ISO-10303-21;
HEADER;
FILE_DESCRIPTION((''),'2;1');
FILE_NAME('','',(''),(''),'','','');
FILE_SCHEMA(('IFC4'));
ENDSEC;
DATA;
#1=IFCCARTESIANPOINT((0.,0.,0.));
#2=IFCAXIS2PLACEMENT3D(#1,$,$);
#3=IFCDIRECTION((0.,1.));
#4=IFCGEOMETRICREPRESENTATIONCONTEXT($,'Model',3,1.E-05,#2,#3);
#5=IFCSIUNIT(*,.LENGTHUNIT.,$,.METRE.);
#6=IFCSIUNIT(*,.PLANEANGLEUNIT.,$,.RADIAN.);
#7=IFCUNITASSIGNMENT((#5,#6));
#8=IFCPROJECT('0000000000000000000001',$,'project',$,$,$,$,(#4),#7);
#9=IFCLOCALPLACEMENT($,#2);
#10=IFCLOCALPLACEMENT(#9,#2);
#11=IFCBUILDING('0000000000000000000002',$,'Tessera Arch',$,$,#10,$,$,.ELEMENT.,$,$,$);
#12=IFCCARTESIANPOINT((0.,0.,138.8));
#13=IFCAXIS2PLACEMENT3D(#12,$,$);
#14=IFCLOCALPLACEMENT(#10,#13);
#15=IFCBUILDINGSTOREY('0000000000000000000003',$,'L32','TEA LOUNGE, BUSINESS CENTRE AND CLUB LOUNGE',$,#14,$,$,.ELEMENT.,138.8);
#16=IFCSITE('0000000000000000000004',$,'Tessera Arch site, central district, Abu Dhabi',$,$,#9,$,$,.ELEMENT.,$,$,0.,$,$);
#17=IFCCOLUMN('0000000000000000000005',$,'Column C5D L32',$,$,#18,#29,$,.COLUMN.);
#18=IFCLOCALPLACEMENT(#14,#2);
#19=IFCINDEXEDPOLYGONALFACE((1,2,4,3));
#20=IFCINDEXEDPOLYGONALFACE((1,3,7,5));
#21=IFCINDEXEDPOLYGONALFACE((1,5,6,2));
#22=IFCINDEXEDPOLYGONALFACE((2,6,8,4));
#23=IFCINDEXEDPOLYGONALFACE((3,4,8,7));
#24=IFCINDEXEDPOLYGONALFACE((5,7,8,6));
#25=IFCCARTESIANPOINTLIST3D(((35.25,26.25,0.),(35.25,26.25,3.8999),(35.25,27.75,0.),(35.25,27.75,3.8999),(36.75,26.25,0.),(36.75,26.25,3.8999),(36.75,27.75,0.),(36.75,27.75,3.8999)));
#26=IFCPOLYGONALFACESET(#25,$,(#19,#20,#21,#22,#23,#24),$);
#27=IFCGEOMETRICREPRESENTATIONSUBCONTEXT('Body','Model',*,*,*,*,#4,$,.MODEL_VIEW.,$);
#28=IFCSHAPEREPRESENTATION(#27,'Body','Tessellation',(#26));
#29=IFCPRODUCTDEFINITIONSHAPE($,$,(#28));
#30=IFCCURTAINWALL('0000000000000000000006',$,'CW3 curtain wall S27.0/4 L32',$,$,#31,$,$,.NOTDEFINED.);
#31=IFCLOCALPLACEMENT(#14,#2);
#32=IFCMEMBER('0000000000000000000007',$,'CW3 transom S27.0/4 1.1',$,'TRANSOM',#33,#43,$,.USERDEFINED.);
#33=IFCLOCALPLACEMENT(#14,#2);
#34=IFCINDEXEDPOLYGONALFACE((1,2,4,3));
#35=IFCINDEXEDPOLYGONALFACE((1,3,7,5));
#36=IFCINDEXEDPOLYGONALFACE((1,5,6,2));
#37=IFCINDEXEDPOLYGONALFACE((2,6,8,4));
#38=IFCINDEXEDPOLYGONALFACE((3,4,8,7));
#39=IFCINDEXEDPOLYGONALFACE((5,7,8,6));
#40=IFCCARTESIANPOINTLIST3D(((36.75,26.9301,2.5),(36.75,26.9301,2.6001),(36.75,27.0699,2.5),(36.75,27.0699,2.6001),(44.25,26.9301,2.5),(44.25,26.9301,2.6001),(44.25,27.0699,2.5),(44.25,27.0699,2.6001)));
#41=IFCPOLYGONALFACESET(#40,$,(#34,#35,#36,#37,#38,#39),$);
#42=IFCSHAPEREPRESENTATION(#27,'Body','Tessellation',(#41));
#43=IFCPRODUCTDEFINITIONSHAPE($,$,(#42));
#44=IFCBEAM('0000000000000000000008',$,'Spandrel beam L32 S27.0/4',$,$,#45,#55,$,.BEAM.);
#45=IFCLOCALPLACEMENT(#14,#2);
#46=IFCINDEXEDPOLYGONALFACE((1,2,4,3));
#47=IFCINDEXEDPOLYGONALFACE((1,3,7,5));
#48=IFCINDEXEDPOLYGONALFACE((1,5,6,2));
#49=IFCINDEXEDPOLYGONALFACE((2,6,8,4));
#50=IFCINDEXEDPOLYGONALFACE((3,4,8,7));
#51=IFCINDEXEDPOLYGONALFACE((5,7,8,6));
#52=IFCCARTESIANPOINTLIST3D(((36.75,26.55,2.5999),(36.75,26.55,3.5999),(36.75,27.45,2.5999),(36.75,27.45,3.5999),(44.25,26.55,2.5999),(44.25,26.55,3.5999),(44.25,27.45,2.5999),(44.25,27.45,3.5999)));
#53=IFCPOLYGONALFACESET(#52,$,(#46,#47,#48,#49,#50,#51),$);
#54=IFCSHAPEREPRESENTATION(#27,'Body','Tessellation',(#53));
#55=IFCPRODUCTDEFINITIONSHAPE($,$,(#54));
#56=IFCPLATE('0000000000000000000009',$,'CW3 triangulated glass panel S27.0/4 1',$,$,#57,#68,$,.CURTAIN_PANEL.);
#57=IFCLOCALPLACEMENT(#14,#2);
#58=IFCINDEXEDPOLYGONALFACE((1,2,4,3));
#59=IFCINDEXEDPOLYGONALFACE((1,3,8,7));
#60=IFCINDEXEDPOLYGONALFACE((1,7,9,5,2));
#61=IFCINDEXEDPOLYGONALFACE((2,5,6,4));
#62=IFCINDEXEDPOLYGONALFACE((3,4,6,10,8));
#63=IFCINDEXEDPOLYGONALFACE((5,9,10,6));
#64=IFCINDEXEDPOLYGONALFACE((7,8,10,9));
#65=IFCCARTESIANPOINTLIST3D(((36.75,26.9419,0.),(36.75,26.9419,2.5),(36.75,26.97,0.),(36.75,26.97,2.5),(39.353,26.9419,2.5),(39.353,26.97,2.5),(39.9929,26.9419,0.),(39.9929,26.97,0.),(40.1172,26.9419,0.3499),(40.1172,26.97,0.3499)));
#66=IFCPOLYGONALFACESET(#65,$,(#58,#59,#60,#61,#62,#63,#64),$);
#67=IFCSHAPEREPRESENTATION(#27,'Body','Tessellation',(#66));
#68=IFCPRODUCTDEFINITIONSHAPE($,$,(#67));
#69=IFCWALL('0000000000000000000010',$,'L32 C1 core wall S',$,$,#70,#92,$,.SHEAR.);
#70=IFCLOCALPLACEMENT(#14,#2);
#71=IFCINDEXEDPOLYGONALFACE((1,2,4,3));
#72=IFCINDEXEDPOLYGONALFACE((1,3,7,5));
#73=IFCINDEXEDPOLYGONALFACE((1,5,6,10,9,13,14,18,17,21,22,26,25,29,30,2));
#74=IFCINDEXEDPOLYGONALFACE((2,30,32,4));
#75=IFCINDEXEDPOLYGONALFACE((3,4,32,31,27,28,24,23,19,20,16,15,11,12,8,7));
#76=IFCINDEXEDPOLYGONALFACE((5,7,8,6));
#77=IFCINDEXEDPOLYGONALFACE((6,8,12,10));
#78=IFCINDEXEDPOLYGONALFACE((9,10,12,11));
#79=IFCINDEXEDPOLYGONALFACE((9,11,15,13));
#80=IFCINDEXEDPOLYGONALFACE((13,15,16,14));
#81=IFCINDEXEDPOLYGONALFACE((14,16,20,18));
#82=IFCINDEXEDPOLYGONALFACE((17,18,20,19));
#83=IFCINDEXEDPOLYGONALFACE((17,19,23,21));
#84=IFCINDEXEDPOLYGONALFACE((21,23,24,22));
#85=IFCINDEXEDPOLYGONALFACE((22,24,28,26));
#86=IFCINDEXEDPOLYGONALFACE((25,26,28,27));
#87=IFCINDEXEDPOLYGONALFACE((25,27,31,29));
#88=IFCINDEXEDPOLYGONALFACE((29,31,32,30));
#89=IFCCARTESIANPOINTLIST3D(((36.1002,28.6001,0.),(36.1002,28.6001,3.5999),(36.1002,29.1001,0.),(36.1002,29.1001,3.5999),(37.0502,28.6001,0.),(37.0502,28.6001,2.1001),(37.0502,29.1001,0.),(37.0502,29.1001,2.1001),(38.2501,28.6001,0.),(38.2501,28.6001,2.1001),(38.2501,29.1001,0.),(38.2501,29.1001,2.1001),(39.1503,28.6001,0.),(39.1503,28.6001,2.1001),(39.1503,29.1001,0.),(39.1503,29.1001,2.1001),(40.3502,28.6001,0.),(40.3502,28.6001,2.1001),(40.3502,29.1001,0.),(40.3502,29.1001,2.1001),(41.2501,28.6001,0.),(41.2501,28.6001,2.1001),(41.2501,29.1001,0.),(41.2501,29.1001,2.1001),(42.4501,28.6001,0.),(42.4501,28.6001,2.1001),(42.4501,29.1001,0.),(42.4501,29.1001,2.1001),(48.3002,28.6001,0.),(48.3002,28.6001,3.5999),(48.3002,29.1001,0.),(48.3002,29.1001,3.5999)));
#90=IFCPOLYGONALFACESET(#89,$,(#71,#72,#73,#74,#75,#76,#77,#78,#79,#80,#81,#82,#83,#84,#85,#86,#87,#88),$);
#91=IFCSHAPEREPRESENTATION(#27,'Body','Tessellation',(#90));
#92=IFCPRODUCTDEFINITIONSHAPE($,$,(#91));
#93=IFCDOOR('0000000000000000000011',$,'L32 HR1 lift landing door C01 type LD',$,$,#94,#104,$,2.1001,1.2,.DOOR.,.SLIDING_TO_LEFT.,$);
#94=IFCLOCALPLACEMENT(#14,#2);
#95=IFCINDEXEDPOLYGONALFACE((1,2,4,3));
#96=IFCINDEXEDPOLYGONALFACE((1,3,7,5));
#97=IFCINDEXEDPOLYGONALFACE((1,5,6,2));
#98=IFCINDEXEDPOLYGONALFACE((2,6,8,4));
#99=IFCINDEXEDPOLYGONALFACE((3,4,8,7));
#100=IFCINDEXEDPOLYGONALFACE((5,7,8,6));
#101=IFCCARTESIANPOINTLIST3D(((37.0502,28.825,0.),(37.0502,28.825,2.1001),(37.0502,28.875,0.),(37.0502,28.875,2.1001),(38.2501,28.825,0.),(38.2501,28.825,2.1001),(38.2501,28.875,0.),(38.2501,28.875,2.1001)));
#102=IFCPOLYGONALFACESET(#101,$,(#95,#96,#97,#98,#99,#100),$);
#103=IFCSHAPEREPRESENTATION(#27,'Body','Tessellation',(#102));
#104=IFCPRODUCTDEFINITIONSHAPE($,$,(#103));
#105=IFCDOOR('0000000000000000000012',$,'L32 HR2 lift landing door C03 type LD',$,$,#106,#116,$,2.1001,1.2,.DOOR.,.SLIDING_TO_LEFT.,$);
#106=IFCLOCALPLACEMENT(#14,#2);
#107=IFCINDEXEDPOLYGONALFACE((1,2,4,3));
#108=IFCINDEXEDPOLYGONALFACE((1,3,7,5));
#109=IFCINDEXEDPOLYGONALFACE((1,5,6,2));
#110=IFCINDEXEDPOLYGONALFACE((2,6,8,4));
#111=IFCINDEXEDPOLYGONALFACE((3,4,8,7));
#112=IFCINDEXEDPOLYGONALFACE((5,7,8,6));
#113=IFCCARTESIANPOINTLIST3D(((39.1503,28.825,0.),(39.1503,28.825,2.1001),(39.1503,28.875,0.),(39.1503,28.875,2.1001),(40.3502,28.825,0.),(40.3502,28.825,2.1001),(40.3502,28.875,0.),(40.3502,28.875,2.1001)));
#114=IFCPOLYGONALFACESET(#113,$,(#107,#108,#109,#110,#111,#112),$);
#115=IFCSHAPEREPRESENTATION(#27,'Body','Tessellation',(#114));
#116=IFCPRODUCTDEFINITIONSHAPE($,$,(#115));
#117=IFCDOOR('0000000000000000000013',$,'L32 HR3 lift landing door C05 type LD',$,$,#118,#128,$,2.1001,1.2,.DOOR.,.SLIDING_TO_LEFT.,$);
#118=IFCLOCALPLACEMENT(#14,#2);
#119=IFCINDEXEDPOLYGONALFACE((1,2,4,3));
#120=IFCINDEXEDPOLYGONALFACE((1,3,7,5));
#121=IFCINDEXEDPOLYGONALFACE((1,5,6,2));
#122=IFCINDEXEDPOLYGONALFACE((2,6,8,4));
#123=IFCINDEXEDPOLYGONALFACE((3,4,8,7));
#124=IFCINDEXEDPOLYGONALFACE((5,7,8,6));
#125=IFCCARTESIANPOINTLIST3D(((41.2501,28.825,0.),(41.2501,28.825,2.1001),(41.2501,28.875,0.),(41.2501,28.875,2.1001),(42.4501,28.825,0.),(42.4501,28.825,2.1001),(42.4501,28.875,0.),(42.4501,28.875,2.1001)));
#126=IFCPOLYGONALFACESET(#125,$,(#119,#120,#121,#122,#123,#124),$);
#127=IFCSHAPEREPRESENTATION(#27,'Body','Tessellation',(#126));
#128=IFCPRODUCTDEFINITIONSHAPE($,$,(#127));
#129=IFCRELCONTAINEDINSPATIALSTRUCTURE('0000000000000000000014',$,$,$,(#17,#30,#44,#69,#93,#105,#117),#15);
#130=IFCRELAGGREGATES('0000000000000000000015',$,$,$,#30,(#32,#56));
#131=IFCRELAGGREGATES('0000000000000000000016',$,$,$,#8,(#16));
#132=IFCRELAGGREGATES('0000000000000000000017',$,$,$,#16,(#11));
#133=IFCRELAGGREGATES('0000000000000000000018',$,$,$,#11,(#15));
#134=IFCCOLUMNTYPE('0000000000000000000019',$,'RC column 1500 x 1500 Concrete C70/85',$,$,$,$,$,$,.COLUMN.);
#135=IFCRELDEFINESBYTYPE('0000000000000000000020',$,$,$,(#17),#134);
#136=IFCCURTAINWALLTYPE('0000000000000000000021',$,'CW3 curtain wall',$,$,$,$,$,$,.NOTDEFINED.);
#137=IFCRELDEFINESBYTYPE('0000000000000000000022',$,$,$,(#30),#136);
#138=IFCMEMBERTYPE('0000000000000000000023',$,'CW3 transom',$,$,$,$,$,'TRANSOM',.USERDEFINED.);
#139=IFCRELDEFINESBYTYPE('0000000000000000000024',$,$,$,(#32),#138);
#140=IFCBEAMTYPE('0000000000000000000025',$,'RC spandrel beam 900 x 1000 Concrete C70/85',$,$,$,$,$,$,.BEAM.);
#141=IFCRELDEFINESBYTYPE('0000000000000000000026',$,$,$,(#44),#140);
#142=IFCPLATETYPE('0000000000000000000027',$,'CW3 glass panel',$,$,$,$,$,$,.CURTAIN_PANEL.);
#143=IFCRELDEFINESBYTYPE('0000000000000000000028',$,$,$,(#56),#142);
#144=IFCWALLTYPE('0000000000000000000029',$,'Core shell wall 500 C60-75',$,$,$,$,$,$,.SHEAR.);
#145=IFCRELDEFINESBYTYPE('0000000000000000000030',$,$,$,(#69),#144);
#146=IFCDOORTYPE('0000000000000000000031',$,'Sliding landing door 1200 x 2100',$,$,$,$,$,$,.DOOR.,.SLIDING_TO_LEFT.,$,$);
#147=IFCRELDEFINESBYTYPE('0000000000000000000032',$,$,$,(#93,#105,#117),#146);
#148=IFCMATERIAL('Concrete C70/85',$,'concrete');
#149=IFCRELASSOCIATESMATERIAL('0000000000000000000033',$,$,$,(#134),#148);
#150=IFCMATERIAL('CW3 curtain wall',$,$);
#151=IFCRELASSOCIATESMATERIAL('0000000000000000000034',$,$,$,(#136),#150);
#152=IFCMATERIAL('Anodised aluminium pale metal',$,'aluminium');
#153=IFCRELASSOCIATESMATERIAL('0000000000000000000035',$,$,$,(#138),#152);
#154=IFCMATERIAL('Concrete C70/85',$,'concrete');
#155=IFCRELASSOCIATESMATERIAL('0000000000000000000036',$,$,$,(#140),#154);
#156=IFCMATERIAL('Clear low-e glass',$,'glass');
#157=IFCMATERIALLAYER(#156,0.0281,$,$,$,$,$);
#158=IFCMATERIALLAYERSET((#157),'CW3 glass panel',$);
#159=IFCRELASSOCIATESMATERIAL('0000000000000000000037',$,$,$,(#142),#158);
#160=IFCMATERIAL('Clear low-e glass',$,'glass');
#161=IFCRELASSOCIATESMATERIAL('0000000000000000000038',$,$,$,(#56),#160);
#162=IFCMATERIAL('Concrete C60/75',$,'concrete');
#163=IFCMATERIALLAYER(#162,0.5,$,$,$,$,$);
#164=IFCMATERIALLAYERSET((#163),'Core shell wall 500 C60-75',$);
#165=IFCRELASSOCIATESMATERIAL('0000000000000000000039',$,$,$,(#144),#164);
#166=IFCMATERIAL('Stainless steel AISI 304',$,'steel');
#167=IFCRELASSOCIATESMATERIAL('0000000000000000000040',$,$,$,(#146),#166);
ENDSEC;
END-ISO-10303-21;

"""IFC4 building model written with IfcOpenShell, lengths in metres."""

from ifc_helpers import new_model, si_unit, direction, frame, frame_2d, origin, origin_2d, place, context, subcontext, project, spatial, polyline, rectangle, outline, extrude, material, layer, layer_set, material_profile, profile_set, type_object, element, fill, aggregate, save


model = new_model("IFC4")

# Units and contexts
model_context = context("Model", 3, precision=1e-05, world=origin(), true_north=direction((0.0, 1.0)))
body_context = subcontext(model_context, "Body", "Model", "MODEL_VIEW")
ifc_project = project(units=[si_unit("LENGTHUNIT", "METRE"), si_unit("PLANEANGLEUNIT", "RADIAN")], contexts=[model_context])

# Site, building, storey
site_placement = place(None, origin())
site = spatial("IfcSite", under=ifc_project, at=site_placement, Name="Tessera Arch site, central district, Abu Dhabi", CompositionType="ELEMENT", RefElevation=0.0)
building_placement = place(site_placement, origin())
building = spatial("IfcBuilding", under=site, at=building_placement, Name="Tessera Arch", CompositionType="ELEMENT")
storey_placement = place(building_placement, frame((0.0, 0.0, 138.8)))
storey = spatial("IfcBuildingStorey", under=building, at=storey_placement, Name="L32", Description="TEA LOUNGE, BUSINESS CENTRE AND CLUB LOUNGE", CompositionType="ELEMENT", Elevation=138.8)

# Column
ifc_material_1 = material(Name="Concrete C70/85", Category="concrete")
ifc_material_profile_1 = material_profile(ifc_material_1, rectangle(XDim=1.5, YDim=1.5, at=origin_2d()), Name="RC column 1500 x 1500 Concrete C70/85")
ifc_profile_set_1 = profile_set([ifc_material_profile_1], Name="Concrete C70/85")
column_type = type_object("IfcColumnType", Name="RC column 1500 x 1500 Concrete C70/85", PredefinedType="COLUMN", material=ifc_profile_set_1)
column_placement = place(storey_placement, frame((36.0, 27.0, 0.0), z_axis=(0.0, 0.0, 1.0), x_axis=(1.0, 0.0, 0.0)))
element("IfcColumn", 1, at=column_placement, inside=storey, type_object=column_type, Name="Column C5D L32", PredefinedType="COLUMN", context=body_context, shape_type="SweptSolid", body=[
    extrude(rectangle(XDim=1.5, YDim=1.5, at=origin_2d()), origin(), (0.0, 0.0, 1.0), 3.8999),
])

# Curtain wall, member
ifc_material_2 = material(Name="CW3 curtain wall")
curtain_wall_type = type_object("IfcCurtainWallType", Name="CW3 curtain wall", PredefinedType="NOTDEFINED", material=ifc_material_2)
curtain_wall_placement = place(storey_placement, origin())
curtain_wall = element("IfcCurtainWall", 2, at=curtain_wall_placement, inside=storey, type_object=curtain_wall_type, Name="CW3 curtain wall S27.0/4 L32", PredefinedType="NOTDEFINED")
ifc_material_3 = material(Name="Anodised aluminium pale metal", Category="aluminium")
ifc_material_profile_2 = material_profile(ifc_material_3, rectangle(XDim=0.1399, YDim=0.1001, at=origin_2d()), Name="AL 140x100")
ifc_profile_set_2 = profile_set([ifc_material_profile_2], Name="Anodised aluminium pale metal")
member_type = type_object("IfcMemberType", Name="CW3 transom", ElementType="TRANSOM", PredefinedType="USERDEFINED", material=ifc_profile_set_2)
member_placement = place(storey_placement, frame((36.75, 27.0, 2.55), z_axis=(1.0, 0.0, 0.0), x_axis=(0.0, 1.0, 0.0)))
member = element("IfcMember", 3, at=member_placement, type_object=member_type, Name="CW3 transom S27.0/4 1.1", ObjectType="TRANSOM", PredefinedType="USERDEFINED", context=body_context, shape_type="SweptSolid", body=[
    extrude(rectangle(XDim=0.1399, YDim=0.1001, at=origin_2d()), origin(), (0.0, 0.0, 1.0), 7.5),
])

# Beam
ifc_material_4 = material(Name="Concrete C70/85", Category="concrete")
ifc_material_profile_3 = material_profile(ifc_material_4, rectangle(XDim=0.8999, YDim=1.0, at=origin_2d()), Name="RC spandrel beam 900 x 1000 Concrete C70/85")
ifc_profile_set_3 = profile_set([ifc_material_profile_3], Name="Concrete C70/85")
beam_type = type_object("IfcBeamType", Name="RC spandrel beam 900 x 1000 Concrete C70/85", PredefinedType="BEAM", material=ifc_profile_set_3)
beam_placement = place(storey_placement, frame((36.75, 27.0, 3.0999), z_axis=(1.0, 0.0, 0.0), x_axis=(0.0, 1.0, 0.0)))
element("IfcBeam", 4, at=beam_placement, inside=storey, type_object=beam_type, Name="Spandrel beam L32 S27.0/4", PredefinedType="BEAM", context=body_context, shape_type="SweptSolid", body=[
    extrude(rectangle(XDim=0.8999, YDim=1.0, at=origin_2d()), origin(), (0.0, 0.0, 1.0), 7.5),
])

# Plate
ifc_material_5 = material(Name="Clear low-e glass", Category="glass")
ifc_material_6 = material(Name="Clear low-e glass", Category="glass")
ifc_layer_1 = layer(ifc_material_6, 0.0281)
ifc_layer_set_1 = layer_set([ifc_layer_1], Name="CW3 glass panel")
plate_type = type_object("IfcPlateType", Name="CW3 glass panel", PredefinedType="CURTAIN_PANEL", material=ifc_layer_set_1)
plate_placement = place(storey_placement, frame((36.75, 26.9419, 0.0), z_axis=(0.0, -1.0, 0.0), x_axis=(1.0, 0.0, 0.0)))
plate = element("IfcPlate", 5, at=plate_placement, type_object=plate_type, material=ifc_material_5, Name="CW3 triangulated glass panel S27.0/4 1", PredefinedType="CURTAIN_PANEL", context=body_context, shape_type="SweptSolid", body=[
    extrude(outline(polyline([(0.0, 0.0), (3.2429, 0.0), (3.3672, 0.3499), (2.603, 2.5), (0.0, 2.5), (0.0, 0.0)])), origin(), (0.0, 0.0, -1.0), 0.0281),
])
aggregate(curtain_wall, [member, plate])

# Wall, openings, doors
ifc_material_7 = material(Name="Concrete C60/75", Category="concrete")
ifc_layer_2 = layer(ifc_material_7, 0.5)
ifc_layer_set_2 = layer_set([ifc_layer_2], Name="Core shell wall 500 C60-75")
wall_type_1 = type_object("IfcWallType", Name="Core shell wall 500 C60-75", PredefinedType="SHEAR", material=ifc_layer_set_2)
wall_1_placement = place(storey_placement, frame((36.1001, 28.8501, 0.0), z_axis=(0.0, 0.0, 1.0), x_axis=(1.0, 0.0, 0.0)))
wall_1 = element("IfcWall", 6, at=wall_1_placement, inside=storey, type_object=wall_type_1, Name="L32 C1 core wall S", PredefinedType="SHEAR", context=body_context, shape_type="SweptSolid", body=[
    extrude(rectangle(XDim=12.2, YDim=0.5, at=frame_2d((6.1001, 0.0))), origin(), (0.0, 0.0, 1.0), 3.5999),
])
opening_1_placement = place(wall_1_placement, frame((0.95, 0.0, 0.0)))
opening_1 = element("IfcOpeningElement", 7, at=opening_1_placement, cuts=wall_1, PredefinedType="OPENING", context=body_context, shape_type="SweptSolid", body=[
    extrude(rectangle(XDim=1.2, YDim=2.1001, at=frame_2d((0.6001, 1.05))), frame((0.0, 0.26, 0.0), z_axis=(0.0, -1.0, 0.0), x_axis=(1.0, 0.0, 0.0)), (0.0, 0.0, 1.0), 0.52),
])
opening_2_placement = place(wall_1_placement, frame((3.05, 0.0, 0.0)))
opening_2 = element("IfcOpeningElement", 8, at=opening_2_placement, cuts=wall_1, PredefinedType="OPENING", context=body_context, shape_type="SweptSolid", body=[
    extrude(rectangle(XDim=1.2, YDim=2.1001, at=frame_2d((0.6001, 1.05))), frame((0.0, 0.26, 0.0), z_axis=(0.0, -1.0, 0.0), x_axis=(1.0, 0.0, 0.0)), (0.0, 0.0, 1.0), 0.52),
])
opening_3_placement = place(wall_1_placement, frame((5.1499, 0.0, 0.0)))
opening_3 = element("IfcOpeningElement", 9, at=opening_3_placement, cuts=wall_1, PredefinedType="OPENING", context=body_context, shape_type="SweptSolid", body=[
    extrude(rectangle(XDim=1.2, YDim=2.1001, at=frame_2d((0.6001, 1.05))), frame((0.0, 0.26, 0.0), z_axis=(0.0, -1.0, 0.0), x_axis=(1.0, 0.0, 0.0)), (0.0, 0.0, 1.0), 0.52),
])
ifc_material_8 = material(Name="Stainless steel AISI 304", Category="steel")
door_type_1 = type_object("IfcDoorType", Name="Sliding landing door 1200 x 2100", OperationType="SLIDING_TO_LEFT", PredefinedType="DOOR", material=ifc_material_8)
door_1_placement = place(opening_1_placement, origin())
door_1 = element("IfcDoor", 10, at=door_1_placement, inside=storey, type_object=door_type_1, Name="L32 HR1 lift landing door C01 type LD", OperationType="SLIDING_TO_LEFT", OverallHeight=2.1001, OverallWidth=1.2, PredefinedType="DOOR", context=body_context, shape_type="SweptSolid", body=[
    extrude(rectangle(XDim=1.2, YDim=2.1001, at=frame_2d((0.6001, 1.05))), frame((0.0, 0.0249, 0.0), z_axis=(0.0, -1.0, 0.0), x_axis=(1.0, 0.0, 0.0)), (0.0, 0.0, 1.0), 0.05),
])
fill(opening_1, door_1)
door_2_placement = place(opening_2_placement, origin())
door_2 = element("IfcDoor", 11, at=door_2_placement, inside=storey, type_object=door_type_1, Name="L32 HR2 lift landing door C03 type LD", OperationType="SLIDING_TO_LEFT", OverallHeight=2.1001, OverallWidth=1.2, PredefinedType="DOOR", context=body_context, shape_type="SweptSolid", body=[
    extrude(rectangle(XDim=1.2, YDim=2.1001, at=frame_2d((0.6001, 1.05))), frame((0.0, 0.0249, 0.0), z_axis=(0.0, -1.0, 0.0), x_axis=(1.0, 0.0, 0.0)), (0.0, 0.0, 1.0), 0.05),
])
fill(opening_2, door_2)
door_3_placement = place(opening_3_placement, origin())
door_3 = element("IfcDoor", 12, at=door_3_placement, inside=storey, type_object=door_type_1, Name="L32 HR3 lift landing door C05 type LD", OperationType="SLIDING_TO_LEFT", OverallHeight=2.1001, OverallWidth=1.2, PredefinedType="DOOR", context=body_context, shape_type="SweptSolid", body=[
    extrude(rectangle(XDim=1.2, YDim=2.1001, at=frame_2d((0.6001, 1.05))), frame((0.0, 0.0249, 0.0), z_axis=(0.0, -1.0, 0.0), x_axis=(1.0, 0.0, 0.0)), (0.0, 0.0, 1.0), 0.05),
])
fill(opening_3, door_3)

save(model, "model.ifc")
